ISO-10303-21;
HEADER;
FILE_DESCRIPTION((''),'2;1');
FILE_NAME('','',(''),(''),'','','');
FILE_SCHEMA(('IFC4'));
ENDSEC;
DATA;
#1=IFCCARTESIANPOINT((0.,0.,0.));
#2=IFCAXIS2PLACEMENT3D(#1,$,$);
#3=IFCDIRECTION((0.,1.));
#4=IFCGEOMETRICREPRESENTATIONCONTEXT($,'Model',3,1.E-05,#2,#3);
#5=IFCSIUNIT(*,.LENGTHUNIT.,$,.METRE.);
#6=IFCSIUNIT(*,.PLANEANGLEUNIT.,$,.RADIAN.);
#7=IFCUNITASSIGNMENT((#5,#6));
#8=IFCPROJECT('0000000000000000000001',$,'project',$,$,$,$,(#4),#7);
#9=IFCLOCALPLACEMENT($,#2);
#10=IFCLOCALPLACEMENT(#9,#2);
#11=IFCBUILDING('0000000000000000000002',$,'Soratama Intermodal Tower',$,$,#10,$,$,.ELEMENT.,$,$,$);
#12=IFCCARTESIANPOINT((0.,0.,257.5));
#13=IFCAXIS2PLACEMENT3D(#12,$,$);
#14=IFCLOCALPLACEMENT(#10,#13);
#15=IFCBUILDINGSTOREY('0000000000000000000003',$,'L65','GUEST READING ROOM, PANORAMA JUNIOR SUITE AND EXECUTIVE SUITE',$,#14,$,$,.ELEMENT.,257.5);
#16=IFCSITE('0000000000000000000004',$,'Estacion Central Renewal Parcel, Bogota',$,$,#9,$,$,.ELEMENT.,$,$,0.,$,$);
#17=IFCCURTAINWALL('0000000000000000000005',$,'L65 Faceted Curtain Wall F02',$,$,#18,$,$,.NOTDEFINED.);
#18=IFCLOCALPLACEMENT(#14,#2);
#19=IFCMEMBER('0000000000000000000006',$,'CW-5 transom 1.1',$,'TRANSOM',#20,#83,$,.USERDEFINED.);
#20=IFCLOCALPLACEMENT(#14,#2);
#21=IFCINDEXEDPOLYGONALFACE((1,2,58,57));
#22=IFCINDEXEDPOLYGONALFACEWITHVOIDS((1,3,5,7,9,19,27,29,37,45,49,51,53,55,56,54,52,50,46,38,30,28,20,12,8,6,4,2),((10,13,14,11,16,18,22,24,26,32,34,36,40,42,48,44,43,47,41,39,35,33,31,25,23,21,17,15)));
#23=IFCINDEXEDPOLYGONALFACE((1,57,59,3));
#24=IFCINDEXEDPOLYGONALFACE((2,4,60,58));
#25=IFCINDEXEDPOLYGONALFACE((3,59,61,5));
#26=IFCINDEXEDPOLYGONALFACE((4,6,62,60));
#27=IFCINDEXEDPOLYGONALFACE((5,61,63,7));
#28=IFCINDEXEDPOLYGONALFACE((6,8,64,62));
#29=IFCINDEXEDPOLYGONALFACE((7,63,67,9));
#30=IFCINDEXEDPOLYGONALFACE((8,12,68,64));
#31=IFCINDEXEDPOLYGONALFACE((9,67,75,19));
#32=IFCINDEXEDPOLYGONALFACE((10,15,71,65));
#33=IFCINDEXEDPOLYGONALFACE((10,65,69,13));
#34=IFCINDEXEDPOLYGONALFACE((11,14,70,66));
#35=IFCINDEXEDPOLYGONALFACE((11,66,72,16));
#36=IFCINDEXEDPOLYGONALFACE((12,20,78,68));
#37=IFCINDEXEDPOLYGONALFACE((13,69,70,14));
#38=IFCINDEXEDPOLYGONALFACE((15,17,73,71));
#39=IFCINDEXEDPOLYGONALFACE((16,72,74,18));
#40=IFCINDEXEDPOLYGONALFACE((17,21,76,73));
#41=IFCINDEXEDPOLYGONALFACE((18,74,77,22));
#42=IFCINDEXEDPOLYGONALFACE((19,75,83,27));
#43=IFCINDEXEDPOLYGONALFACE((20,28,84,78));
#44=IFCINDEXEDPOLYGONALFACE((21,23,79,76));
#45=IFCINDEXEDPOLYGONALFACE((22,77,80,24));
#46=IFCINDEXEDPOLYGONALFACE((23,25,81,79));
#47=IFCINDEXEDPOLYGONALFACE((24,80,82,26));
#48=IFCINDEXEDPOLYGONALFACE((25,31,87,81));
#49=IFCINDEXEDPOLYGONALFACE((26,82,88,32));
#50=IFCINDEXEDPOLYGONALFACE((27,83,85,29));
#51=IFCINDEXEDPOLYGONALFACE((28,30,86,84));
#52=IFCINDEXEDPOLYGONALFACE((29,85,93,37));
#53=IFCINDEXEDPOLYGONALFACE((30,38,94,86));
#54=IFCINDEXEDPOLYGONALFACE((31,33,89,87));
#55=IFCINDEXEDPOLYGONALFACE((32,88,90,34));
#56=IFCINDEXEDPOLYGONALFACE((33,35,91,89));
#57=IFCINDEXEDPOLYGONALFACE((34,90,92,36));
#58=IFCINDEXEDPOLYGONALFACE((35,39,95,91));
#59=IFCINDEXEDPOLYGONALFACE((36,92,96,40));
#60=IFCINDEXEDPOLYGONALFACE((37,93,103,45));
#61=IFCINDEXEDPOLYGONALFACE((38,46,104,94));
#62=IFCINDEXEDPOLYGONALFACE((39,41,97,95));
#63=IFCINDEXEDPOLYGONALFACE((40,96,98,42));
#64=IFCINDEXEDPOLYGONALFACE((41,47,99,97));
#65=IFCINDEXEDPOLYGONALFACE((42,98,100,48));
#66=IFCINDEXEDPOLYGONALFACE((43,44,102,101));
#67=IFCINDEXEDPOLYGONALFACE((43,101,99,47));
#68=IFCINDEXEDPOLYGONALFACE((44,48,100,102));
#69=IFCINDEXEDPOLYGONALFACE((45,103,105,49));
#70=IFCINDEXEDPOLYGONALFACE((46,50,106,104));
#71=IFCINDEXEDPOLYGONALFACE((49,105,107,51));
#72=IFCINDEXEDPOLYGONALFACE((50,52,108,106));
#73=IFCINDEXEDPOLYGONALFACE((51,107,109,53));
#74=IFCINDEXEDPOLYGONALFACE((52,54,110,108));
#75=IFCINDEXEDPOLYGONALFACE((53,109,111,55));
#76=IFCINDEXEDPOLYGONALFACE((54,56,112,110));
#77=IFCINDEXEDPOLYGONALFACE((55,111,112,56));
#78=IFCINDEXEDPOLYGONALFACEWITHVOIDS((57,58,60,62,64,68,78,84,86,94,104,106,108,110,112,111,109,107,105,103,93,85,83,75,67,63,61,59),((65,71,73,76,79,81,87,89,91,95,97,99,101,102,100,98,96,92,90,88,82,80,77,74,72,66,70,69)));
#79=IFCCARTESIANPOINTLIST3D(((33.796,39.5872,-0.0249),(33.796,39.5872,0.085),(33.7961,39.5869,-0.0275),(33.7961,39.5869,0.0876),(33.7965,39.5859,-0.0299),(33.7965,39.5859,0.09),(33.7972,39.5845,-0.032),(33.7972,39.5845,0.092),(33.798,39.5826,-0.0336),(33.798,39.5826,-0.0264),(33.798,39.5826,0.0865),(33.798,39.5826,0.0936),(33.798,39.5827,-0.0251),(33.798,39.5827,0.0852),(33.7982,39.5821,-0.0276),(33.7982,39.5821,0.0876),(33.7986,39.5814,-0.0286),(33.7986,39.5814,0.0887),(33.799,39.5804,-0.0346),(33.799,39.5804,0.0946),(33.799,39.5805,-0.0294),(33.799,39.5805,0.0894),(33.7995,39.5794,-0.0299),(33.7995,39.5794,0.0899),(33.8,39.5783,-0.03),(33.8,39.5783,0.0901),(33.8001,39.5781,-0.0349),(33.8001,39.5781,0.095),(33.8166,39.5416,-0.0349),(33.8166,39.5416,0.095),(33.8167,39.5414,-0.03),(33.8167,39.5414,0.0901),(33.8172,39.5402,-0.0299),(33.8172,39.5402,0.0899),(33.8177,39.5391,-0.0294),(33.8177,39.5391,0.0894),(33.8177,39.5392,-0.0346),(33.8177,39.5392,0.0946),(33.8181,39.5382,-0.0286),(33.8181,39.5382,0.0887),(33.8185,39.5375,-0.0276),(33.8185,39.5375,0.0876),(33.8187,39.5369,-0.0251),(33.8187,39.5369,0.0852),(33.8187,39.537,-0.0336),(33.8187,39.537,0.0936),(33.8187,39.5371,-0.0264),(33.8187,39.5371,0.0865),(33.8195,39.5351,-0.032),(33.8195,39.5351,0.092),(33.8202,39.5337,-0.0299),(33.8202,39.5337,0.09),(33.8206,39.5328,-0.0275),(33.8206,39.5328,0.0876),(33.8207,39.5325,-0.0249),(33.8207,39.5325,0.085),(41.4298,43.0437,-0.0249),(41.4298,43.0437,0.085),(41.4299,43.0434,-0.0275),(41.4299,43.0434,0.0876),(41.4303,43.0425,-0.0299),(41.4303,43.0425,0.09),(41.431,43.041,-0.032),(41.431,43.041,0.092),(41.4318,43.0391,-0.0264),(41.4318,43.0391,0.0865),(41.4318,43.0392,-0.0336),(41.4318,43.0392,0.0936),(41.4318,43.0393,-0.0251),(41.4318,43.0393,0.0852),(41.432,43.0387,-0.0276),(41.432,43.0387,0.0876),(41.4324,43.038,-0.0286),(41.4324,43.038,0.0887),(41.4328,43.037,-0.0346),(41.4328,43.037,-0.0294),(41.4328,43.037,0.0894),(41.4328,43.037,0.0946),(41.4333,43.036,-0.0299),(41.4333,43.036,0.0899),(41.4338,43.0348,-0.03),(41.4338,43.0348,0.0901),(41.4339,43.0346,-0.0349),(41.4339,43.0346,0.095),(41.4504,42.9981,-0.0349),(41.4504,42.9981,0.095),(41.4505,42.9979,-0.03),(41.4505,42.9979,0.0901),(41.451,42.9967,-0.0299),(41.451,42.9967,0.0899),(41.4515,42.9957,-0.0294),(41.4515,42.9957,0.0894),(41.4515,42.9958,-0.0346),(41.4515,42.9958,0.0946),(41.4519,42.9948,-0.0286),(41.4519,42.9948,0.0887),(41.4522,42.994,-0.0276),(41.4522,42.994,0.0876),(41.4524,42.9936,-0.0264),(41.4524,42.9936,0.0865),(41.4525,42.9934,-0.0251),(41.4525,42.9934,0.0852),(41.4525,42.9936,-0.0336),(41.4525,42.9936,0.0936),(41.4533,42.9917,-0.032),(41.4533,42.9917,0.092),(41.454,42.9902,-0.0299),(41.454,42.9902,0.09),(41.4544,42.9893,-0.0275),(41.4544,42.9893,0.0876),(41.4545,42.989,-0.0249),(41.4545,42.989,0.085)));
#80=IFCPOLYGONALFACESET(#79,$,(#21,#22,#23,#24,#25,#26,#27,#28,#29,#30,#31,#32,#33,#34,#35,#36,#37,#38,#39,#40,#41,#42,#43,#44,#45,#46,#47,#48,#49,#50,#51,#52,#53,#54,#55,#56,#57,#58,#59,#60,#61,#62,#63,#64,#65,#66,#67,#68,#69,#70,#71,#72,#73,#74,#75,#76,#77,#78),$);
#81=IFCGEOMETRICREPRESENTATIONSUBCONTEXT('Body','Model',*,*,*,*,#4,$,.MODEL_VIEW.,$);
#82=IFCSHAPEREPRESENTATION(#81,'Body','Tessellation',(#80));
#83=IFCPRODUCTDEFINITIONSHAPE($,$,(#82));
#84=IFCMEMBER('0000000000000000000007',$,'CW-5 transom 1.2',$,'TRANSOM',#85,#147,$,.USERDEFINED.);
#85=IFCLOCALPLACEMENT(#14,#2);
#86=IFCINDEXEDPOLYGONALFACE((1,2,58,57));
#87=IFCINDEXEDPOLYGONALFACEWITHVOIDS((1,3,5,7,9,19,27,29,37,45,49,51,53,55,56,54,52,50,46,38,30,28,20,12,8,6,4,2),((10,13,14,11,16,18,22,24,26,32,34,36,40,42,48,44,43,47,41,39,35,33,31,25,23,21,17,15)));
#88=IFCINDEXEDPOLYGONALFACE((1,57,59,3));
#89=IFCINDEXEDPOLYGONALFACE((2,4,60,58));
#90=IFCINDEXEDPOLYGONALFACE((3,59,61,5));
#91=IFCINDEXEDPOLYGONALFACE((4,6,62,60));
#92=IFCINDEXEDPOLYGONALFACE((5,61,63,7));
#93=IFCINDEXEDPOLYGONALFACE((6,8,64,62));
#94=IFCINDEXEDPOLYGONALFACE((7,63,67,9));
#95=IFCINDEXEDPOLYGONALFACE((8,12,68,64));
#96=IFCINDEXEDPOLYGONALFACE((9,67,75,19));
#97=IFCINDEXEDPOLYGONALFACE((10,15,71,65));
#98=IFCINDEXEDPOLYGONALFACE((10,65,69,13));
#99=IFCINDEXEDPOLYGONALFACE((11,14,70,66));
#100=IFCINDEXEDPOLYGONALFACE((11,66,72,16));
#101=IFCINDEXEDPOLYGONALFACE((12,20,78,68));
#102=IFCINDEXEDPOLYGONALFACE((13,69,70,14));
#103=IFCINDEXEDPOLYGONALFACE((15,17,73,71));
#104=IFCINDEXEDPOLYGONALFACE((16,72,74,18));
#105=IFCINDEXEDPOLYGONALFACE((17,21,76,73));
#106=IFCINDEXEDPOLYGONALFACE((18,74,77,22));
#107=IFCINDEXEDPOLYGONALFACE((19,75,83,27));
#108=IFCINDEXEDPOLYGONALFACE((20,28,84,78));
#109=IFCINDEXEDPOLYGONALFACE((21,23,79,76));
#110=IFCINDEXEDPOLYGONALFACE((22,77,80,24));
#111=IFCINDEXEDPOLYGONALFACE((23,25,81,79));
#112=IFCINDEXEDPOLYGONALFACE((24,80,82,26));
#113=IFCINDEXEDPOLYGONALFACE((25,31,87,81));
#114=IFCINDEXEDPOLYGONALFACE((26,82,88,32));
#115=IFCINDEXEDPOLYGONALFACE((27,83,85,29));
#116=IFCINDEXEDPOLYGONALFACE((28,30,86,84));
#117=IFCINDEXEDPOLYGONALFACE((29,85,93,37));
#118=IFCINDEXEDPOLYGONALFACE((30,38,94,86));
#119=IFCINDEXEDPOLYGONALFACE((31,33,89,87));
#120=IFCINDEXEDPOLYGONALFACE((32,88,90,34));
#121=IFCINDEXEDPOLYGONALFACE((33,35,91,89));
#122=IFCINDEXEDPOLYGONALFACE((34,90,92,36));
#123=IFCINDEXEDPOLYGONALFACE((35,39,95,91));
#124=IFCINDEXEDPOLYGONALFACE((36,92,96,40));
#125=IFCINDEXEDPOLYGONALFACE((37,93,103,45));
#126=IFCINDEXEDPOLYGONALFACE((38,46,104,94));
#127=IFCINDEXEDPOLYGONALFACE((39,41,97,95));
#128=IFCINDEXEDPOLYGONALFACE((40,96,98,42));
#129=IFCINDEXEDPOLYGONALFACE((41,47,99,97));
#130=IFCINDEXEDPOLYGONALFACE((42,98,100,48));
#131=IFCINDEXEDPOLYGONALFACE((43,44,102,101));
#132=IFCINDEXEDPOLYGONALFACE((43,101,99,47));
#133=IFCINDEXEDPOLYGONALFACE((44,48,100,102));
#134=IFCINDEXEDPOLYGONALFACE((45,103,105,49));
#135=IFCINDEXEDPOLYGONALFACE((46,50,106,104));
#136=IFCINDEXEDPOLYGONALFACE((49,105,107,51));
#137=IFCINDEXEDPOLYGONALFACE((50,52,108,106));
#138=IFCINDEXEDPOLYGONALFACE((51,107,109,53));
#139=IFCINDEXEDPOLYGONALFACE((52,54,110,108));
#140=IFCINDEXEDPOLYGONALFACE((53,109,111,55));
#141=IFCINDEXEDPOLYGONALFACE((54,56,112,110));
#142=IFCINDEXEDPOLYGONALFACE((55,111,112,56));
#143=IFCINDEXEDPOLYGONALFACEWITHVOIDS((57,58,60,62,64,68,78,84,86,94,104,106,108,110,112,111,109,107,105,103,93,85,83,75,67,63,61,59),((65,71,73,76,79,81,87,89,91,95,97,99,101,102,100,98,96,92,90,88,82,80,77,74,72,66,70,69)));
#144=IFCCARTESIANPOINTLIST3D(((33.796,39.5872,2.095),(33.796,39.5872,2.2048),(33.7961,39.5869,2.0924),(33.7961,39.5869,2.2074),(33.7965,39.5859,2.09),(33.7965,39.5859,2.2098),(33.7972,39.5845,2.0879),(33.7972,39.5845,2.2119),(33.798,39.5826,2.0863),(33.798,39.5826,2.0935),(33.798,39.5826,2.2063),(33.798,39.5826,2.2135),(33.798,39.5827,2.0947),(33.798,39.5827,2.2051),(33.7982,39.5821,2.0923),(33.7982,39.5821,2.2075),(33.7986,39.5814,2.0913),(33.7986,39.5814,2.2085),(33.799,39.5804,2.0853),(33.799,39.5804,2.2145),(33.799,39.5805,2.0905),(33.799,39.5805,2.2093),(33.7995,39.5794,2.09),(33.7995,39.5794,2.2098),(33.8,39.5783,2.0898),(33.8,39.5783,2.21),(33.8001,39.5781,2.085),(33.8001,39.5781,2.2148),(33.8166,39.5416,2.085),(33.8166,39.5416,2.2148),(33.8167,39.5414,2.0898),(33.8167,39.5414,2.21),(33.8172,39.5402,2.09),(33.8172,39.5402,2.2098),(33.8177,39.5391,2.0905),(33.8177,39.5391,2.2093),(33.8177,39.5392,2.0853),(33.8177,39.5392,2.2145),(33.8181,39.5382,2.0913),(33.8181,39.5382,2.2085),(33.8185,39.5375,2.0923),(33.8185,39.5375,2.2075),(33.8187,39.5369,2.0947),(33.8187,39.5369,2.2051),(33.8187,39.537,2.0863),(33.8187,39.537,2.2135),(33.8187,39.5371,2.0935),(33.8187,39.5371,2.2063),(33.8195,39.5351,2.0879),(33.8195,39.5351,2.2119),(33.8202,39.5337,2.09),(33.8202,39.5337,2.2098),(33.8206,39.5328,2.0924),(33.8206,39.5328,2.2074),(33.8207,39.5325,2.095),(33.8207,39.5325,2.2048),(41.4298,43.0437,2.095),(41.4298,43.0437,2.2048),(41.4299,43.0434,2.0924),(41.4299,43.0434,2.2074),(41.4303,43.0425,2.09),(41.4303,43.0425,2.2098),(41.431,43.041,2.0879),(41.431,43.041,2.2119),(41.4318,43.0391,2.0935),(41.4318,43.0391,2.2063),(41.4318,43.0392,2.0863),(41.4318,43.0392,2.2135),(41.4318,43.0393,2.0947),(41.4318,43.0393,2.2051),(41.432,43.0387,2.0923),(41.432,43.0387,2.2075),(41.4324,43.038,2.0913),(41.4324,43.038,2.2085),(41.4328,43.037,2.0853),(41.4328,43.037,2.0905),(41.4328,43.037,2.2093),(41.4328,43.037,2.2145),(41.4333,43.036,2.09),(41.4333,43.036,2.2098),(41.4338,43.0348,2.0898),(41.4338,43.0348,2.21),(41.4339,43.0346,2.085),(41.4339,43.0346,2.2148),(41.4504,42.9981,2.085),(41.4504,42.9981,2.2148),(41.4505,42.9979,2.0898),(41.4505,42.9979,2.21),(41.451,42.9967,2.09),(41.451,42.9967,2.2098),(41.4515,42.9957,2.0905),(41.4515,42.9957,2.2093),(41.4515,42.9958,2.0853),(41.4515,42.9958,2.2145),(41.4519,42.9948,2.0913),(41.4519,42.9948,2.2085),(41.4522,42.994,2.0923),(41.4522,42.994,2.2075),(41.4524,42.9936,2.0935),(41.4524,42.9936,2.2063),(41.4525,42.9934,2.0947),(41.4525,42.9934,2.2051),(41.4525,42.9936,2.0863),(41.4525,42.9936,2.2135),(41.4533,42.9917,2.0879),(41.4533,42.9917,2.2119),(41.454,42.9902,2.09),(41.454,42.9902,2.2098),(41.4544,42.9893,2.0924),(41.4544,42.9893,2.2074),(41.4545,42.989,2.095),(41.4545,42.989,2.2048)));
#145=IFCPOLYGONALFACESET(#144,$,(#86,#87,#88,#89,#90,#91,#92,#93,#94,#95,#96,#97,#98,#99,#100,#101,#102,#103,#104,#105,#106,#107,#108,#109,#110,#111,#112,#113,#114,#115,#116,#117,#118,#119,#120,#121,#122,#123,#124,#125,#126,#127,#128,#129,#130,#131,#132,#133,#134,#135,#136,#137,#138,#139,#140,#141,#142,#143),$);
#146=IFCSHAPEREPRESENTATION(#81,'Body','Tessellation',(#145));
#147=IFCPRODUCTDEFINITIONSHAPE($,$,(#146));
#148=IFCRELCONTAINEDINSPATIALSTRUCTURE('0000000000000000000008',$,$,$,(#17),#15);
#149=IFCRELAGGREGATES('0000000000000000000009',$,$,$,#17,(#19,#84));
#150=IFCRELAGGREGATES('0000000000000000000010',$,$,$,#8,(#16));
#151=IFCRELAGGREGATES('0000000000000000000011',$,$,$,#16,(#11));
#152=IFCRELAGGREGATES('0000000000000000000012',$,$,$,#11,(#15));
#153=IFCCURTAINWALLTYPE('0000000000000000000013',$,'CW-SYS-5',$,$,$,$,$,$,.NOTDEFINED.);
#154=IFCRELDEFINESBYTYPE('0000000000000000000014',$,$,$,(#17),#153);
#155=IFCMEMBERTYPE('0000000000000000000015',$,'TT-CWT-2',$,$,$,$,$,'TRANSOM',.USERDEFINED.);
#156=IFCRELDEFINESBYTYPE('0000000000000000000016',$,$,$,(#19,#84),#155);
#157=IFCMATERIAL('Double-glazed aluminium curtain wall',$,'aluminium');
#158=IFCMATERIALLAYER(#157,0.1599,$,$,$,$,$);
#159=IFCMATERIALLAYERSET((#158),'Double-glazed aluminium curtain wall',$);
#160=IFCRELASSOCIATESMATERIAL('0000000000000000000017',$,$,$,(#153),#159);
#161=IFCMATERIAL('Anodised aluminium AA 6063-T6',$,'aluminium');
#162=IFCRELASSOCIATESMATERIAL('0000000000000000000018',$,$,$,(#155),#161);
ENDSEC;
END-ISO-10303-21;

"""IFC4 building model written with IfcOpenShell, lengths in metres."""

from ifc_helpers import new_model, si_unit, direction, frame, origin, origin_2d, place, context, subcontext, project, spatial, hollow_rectangle, extrude, material, layer, layer_set, material_profile, profile_set, type_object, element, aggregate, save


model = new_model("IFC4")

# Units and contexts
model_context = context("Model", 3, precision=1e-05, world=origin(), true_north=direction((0.0, 1.0)))
body_context = subcontext(model_context, "Body", "Model", "MODEL_VIEW")
ifc_project = project(units=[si_unit("LENGTHUNIT", "METRE"), si_unit("PLANEANGLEUNIT", "RADIAN")], contexts=[model_context])

# Site, building, storey
site_placement = place(None, origin())
site = spatial("IfcSite", under=ifc_project, at=site_placement, Name="Estacion Central Renewal Parcel, Bogota", CompositionType="ELEMENT", RefElevation=0.0)
building_placement = place(site_placement, origin())
building = spatial("IfcBuilding", under=site, at=building_placement, Name="Soratama Intermodal Tower", CompositionType="ELEMENT")
storey_placement = place(building_placement, frame((0.0, 0.0, 257.5)))
storey = spatial("IfcBuildingStorey", under=building, at=storey_placement, Name="L65", Description="GUEST READING ROOM, PANORAMA JUNIOR SUITE AND EXECUTIVE SUITE", CompositionType="ELEMENT", Elevation=257.5)

# Curtain wall, members
ifc_material_1 = material(Name="Double-glazed aluminium curtain wall", Category="aluminium")
ifc_layer_1 = layer(ifc_material_1, 0.1599)
ifc_layer_set_1 = layer_set([ifc_layer_1], Name="Double-glazed aluminium curtain wall")
curtain_wall_type = type_object("IfcCurtainWallType", Name="CW-SYS-5", PredefinedType="NOTDEFINED", material=ifc_layer_set_1)
curtain_wall_placement = place(storey_placement, origin())
curtain_wall = element("IfcCurtainWall", 1, at=curtain_wall_placement, inside=storey, type_object=curtain_wall_type, Name="L65 Faceted Curtain Wall F02", PredefinedType="NOTDEFINED")
ifc_material_2 = material(Name="Anodised aluminium AA 6063-T6", Category="aluminium")
ifc_material_profile_1 = material_profile(ifc_material_2, hollow_rectangle(XDim=0.0601, YDim=0.1299, WallThickness=0.0049, InnerFilletRadius=0.0049, OuterFilletRadius=0.01, at=origin_2d()), Name="CWT130X60X5")
ifc_profile_set_1 = profile_set([ifc_material_profile_1], Name="Anodised aluminium AA 6063-T6")
member_type_1 = type_object("IfcMemberType", Name="TT-CWT-2", ElementType="TRANSOM", PredefinedType="USERDEFINED", material=ifc_profile_set_1)
member_1_placement = place(storey_placement, frame((41.4421, 43.0164, 0.03), z_axis=(-0.910966, -0.412481, 0.0), x_axis=(0.412481, -0.910966, 0.0)))
member_1 = element("IfcMember", 2, at=member_1_placement, type_object=member_type_1, Name="CW-5 transom 1.1", ObjectType="TRANSOM", PredefinedType="USERDEFINED", context=body_context, shape_type="SweptSolid", body=[
    extrude(hollow_rectangle(XDim=0.0601, YDim=0.1299, WallThickness=0.0049, InnerFilletRadius=0.0049, OuterFilletRadius=0.01, at=origin_2d()), origin(), (0.0, 0.0, 1.0), 8.3799),
])
member_2_placement = place(storey_placement, frame((41.4421, 43.0164, 2.1499), z_axis=(-0.910966, -0.412481, 0.0), x_axis=(0.412481, -0.910966, 0.0)))
member_2 = element("IfcMember", 3, at=member_2_placement, type_object=member_type_1, Name="CW-5 transom 1.2", ObjectType="TRANSOM", PredefinedType="USERDEFINED", context=body_context, shape_type="SweptSolid", body=[
    extrude(hollow_rectangle(XDim=0.0601, YDim=0.1299, WallThickness=0.0049, InnerFilletRadius=0.0049, OuterFilletRadius=0.01, at=origin_2d()), origin(), (0.0, 0.0, 1.0), 8.3799),
])
aggregate(curtain_wall, [member_1, member_2])

save(model, "model.ifc")
